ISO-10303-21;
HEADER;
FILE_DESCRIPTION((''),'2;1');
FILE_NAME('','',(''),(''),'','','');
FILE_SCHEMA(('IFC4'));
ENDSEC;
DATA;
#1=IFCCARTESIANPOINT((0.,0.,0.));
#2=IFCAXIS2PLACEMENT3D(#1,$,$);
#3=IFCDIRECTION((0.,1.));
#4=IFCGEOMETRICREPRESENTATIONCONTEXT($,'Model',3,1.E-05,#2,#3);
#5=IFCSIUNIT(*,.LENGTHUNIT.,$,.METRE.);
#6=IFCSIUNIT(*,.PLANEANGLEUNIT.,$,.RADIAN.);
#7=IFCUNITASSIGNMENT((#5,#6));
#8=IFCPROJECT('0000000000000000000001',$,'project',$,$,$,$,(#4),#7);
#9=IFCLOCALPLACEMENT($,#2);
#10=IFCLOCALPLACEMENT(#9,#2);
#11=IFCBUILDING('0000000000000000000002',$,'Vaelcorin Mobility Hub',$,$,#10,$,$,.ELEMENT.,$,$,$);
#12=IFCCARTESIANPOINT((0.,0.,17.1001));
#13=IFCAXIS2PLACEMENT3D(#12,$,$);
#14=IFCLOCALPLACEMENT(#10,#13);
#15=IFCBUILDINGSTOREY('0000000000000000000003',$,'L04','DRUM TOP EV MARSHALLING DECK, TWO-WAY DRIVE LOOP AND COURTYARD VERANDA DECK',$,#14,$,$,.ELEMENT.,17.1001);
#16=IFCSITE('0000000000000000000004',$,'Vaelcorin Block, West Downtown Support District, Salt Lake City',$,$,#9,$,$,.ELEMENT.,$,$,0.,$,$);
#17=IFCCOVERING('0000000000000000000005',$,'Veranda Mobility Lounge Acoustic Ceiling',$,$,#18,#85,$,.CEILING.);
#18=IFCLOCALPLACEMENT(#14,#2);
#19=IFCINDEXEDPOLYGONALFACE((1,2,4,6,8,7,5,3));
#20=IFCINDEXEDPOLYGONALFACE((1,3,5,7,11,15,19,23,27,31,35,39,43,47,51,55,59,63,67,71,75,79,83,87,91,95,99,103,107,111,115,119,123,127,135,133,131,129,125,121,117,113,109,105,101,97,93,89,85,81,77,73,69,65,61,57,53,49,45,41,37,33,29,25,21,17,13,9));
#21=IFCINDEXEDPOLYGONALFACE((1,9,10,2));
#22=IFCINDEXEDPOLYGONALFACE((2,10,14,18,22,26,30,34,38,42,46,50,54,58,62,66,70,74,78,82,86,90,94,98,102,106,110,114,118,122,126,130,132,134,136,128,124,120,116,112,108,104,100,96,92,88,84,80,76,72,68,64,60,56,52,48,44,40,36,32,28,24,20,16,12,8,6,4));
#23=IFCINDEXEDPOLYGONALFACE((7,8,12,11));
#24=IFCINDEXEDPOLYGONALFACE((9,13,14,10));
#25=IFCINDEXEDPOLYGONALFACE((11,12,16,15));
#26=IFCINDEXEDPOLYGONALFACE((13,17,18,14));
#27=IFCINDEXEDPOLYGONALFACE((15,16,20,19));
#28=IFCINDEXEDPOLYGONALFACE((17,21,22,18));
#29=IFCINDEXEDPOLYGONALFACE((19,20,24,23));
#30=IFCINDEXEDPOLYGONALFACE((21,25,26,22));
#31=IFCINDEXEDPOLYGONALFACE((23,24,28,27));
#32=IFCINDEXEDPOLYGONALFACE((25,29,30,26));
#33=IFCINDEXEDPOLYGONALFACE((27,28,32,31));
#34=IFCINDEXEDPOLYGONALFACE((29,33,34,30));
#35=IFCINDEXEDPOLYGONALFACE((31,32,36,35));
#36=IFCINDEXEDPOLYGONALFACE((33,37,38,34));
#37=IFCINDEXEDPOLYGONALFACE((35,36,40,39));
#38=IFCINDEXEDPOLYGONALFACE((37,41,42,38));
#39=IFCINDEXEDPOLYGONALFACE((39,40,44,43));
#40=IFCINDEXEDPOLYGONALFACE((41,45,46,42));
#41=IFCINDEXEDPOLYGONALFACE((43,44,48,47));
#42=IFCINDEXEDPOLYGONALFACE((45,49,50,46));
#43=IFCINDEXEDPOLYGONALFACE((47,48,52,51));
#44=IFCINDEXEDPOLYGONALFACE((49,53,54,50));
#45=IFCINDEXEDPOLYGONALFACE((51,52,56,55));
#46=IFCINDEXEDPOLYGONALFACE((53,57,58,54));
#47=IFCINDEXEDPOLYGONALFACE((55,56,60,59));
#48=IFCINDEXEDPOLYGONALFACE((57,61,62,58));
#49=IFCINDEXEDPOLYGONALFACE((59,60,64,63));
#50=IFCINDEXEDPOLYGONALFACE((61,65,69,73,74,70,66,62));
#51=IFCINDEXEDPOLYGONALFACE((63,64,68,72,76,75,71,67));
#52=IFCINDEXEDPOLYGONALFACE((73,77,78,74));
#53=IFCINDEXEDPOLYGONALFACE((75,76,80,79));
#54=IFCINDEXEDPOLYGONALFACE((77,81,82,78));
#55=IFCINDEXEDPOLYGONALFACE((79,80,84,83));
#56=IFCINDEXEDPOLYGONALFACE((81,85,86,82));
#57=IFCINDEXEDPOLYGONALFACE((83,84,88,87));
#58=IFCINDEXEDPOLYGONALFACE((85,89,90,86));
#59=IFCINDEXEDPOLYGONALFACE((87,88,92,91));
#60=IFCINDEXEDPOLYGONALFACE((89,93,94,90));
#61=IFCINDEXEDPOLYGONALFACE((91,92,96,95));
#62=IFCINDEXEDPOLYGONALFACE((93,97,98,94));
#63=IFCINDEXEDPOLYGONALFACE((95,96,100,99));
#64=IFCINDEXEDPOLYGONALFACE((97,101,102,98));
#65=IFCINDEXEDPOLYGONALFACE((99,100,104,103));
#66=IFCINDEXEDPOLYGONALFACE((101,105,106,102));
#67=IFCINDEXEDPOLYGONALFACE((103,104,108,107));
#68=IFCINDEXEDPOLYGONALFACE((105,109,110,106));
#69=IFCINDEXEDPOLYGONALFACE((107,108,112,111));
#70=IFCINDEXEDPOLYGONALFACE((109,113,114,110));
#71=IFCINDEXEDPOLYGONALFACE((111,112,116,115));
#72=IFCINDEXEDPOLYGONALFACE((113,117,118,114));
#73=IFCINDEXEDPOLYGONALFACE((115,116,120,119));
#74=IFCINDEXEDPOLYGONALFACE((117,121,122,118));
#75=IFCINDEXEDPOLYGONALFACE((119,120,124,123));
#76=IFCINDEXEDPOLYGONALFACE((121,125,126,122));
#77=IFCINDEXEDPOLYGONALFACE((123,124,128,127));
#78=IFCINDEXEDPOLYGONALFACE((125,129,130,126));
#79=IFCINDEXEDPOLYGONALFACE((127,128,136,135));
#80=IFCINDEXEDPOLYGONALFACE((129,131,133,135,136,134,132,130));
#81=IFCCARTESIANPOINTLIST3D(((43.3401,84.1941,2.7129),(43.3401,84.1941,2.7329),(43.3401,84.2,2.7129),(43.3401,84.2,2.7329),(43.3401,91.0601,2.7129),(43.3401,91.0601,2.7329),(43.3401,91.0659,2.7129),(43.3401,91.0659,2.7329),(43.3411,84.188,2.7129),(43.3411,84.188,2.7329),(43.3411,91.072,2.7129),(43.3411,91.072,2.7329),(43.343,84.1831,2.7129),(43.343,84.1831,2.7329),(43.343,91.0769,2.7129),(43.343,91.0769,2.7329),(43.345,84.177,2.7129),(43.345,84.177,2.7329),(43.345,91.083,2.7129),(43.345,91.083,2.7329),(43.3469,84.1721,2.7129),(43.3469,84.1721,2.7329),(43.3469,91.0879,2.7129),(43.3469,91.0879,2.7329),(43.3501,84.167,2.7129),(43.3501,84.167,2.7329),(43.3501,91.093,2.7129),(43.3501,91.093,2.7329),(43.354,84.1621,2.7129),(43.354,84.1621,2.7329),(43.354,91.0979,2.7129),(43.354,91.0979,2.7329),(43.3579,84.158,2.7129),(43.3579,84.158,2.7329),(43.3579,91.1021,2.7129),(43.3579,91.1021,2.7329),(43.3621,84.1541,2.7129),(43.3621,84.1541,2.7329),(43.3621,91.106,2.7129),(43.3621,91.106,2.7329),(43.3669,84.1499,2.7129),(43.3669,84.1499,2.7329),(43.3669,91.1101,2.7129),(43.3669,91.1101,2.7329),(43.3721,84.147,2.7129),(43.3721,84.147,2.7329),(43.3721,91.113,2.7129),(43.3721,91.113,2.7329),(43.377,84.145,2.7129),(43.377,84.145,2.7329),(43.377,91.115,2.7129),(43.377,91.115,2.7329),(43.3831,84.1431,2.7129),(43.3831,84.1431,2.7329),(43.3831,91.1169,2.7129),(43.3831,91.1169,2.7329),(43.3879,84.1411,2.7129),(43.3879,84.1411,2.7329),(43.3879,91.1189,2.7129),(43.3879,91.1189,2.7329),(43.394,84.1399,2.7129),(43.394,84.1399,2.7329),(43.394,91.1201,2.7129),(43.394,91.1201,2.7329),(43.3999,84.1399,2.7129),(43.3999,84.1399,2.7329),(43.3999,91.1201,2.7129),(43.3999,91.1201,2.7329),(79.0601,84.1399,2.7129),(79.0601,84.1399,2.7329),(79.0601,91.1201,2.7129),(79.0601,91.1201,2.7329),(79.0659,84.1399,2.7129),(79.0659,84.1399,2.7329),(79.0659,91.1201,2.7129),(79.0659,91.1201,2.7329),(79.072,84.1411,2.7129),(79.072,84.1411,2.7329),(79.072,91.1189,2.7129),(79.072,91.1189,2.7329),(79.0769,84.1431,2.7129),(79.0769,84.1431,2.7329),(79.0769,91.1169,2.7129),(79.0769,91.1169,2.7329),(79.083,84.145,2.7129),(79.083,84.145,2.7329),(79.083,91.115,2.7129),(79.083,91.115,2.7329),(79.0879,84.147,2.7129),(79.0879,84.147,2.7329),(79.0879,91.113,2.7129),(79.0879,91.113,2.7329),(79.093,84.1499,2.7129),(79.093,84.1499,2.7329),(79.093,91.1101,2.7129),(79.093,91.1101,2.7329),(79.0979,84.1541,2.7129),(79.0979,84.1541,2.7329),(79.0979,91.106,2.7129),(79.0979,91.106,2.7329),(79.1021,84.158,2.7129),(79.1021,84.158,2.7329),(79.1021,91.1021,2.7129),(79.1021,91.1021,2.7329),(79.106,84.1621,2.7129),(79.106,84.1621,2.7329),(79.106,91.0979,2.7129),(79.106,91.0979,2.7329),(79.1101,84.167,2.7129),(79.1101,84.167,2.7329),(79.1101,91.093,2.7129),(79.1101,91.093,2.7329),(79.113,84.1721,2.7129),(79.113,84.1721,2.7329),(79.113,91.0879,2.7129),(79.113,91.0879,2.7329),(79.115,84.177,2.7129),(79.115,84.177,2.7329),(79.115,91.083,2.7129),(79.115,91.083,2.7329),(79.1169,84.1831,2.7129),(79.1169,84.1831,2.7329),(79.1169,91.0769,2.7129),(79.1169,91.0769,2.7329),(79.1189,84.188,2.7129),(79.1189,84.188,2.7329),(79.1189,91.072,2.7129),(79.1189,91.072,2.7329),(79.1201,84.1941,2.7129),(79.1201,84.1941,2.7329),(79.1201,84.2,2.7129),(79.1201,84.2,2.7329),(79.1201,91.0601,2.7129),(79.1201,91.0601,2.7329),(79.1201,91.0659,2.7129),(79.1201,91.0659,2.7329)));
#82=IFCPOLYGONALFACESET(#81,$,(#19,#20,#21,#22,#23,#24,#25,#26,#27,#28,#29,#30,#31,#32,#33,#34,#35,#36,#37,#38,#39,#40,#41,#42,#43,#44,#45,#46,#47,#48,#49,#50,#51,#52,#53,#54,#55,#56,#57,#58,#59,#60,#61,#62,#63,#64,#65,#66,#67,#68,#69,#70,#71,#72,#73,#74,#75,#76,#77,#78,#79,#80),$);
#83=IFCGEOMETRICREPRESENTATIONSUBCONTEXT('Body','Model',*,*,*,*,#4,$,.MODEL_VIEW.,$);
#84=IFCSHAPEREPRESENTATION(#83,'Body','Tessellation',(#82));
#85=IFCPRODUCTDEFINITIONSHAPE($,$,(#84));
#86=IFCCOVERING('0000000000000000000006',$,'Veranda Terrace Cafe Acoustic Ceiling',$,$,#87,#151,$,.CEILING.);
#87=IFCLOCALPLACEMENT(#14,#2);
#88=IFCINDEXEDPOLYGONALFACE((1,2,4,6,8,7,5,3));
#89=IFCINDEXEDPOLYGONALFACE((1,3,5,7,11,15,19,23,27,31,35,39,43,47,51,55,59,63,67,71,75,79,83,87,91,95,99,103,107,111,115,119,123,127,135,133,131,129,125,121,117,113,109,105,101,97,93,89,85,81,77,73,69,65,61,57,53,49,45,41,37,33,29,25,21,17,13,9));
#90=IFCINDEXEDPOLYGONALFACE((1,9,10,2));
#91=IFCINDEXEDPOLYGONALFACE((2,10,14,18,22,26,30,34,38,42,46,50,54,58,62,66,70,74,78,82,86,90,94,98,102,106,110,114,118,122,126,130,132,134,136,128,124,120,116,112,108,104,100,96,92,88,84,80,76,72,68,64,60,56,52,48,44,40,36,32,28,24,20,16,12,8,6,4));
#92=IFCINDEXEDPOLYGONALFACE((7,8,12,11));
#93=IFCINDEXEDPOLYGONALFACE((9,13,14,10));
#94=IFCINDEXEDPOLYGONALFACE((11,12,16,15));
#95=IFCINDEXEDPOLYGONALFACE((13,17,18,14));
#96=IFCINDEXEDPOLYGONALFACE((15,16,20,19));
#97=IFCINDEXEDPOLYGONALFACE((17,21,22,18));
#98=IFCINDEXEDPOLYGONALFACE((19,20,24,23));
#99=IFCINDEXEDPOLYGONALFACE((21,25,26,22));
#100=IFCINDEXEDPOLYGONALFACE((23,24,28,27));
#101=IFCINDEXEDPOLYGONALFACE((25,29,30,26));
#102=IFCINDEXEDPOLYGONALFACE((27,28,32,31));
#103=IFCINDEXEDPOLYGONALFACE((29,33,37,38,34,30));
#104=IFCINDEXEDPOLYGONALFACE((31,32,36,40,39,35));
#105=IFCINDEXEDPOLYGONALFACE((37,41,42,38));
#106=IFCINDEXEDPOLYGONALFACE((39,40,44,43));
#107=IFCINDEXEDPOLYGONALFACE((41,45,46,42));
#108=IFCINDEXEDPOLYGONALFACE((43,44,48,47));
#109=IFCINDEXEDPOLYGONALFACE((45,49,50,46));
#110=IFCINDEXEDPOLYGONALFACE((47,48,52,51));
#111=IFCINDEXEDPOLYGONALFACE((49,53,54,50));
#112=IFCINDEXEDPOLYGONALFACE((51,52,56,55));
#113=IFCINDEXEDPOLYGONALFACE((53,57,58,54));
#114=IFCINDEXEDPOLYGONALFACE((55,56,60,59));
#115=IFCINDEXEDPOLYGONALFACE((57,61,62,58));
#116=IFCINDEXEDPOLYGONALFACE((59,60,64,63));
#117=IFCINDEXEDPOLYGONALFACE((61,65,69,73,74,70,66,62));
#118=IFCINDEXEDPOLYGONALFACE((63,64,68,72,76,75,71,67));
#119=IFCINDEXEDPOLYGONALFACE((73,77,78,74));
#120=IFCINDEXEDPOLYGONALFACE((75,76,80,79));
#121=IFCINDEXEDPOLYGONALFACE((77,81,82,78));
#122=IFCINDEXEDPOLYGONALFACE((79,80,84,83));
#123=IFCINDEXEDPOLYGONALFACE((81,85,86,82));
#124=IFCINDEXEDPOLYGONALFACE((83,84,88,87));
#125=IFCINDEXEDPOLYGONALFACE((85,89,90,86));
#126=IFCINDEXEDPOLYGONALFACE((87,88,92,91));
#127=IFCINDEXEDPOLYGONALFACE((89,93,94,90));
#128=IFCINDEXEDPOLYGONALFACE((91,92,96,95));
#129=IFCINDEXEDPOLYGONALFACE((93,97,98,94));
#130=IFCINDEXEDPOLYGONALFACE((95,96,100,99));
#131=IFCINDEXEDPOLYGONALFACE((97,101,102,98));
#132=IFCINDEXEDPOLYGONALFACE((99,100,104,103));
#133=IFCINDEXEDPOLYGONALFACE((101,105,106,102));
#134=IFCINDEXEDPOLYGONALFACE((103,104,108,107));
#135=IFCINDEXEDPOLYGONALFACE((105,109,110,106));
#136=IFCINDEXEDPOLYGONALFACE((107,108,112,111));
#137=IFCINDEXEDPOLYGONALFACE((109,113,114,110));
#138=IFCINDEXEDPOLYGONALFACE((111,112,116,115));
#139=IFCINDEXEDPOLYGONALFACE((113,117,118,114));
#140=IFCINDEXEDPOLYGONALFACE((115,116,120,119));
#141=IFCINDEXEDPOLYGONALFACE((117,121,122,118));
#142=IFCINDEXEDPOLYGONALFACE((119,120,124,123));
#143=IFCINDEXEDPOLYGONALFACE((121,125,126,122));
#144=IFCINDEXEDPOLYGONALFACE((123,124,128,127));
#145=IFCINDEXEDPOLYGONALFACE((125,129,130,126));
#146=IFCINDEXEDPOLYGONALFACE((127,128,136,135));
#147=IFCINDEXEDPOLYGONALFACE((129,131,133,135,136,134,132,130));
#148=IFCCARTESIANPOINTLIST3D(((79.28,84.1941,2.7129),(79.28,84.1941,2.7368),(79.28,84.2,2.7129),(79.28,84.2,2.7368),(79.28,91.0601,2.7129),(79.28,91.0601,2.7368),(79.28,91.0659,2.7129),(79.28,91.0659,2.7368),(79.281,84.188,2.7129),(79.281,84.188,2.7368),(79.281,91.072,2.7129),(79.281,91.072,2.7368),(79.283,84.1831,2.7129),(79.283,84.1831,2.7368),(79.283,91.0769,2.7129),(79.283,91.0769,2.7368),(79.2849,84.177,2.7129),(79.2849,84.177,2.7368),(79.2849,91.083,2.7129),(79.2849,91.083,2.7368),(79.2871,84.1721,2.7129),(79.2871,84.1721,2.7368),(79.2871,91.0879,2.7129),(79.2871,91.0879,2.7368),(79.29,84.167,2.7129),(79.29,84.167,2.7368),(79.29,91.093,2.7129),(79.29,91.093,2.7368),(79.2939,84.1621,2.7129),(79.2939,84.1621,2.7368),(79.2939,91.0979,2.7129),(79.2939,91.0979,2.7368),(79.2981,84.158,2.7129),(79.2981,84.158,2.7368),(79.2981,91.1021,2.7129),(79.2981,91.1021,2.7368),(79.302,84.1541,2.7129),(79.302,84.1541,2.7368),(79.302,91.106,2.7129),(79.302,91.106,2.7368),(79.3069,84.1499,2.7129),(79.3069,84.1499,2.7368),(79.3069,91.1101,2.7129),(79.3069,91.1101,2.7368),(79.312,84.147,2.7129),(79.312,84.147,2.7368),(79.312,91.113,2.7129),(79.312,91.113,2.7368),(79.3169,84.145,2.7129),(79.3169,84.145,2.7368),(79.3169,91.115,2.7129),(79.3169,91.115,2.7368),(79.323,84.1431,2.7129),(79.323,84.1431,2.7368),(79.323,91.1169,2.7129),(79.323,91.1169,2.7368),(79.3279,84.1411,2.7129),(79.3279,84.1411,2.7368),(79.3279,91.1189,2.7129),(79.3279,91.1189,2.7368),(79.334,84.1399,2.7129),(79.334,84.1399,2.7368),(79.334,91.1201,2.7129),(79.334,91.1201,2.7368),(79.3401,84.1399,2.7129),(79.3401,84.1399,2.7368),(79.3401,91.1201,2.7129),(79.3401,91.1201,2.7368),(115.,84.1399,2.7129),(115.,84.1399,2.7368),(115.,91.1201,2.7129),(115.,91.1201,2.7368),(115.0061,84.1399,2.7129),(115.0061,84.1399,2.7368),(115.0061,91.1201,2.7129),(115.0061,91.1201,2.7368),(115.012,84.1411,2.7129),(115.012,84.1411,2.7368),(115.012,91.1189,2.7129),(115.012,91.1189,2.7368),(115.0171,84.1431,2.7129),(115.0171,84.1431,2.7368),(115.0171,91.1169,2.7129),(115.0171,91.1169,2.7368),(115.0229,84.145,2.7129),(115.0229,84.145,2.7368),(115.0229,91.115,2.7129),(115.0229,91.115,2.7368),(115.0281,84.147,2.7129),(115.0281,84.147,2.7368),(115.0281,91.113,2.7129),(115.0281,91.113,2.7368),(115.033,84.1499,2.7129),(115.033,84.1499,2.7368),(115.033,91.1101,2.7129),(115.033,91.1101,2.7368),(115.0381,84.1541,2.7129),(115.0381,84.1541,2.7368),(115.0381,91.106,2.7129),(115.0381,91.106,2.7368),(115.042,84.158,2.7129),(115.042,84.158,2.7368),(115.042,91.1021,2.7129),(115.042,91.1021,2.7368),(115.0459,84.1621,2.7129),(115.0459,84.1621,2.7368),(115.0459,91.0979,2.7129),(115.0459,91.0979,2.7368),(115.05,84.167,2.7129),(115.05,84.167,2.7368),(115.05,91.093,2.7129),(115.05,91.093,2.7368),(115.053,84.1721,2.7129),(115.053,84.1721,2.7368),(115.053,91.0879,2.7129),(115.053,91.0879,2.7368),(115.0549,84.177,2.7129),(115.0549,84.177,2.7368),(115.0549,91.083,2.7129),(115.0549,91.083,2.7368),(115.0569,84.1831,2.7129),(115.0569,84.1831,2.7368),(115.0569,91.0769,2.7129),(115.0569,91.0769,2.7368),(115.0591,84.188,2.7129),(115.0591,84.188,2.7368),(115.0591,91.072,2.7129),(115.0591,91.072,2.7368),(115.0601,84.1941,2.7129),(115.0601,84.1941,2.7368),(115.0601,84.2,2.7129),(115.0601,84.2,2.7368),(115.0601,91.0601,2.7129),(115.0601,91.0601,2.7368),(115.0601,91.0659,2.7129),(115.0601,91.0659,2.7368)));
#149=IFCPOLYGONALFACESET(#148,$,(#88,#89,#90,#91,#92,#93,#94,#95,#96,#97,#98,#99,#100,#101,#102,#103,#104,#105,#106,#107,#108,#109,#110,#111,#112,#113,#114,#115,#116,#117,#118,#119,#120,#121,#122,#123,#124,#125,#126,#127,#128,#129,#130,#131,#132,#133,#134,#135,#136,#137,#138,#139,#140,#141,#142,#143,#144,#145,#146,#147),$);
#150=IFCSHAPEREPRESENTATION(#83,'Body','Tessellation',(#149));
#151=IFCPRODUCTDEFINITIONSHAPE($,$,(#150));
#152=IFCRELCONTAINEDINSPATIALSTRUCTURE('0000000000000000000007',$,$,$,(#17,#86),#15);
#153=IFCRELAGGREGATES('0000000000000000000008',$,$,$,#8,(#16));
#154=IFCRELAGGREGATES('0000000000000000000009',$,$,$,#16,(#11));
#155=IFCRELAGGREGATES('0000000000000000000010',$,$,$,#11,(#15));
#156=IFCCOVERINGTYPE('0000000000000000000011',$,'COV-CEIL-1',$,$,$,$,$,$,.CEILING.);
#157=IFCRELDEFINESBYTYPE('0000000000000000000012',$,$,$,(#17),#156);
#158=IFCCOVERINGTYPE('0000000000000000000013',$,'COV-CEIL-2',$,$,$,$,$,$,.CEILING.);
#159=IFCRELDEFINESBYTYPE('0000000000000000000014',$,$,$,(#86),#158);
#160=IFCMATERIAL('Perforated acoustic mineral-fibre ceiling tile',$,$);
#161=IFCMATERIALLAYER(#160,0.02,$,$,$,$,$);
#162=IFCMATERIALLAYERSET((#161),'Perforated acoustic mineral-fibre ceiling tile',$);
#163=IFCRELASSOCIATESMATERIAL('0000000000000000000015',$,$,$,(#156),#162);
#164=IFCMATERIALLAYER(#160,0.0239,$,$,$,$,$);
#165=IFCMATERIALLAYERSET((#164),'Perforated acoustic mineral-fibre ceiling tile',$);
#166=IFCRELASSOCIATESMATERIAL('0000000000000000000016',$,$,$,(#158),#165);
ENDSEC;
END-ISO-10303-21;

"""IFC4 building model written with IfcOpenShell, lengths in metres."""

from ifc_helpers import new_model, si_unit, direction, frame, origin, place, context, subcontext, project, spatial, polyline, outline, extrude, material, layer, layer_set, type_object, element, save


model = new_model("IFC4")

# Units and contexts
model_context = context("Model", 3, precision=1e-05, world=origin(), true_north=direction((0.0, 1.0)))
body_context = subcontext(model_context, "Body", "Model", "MODEL_VIEW")
ifc_project = project(units=[si_unit("LENGTHUNIT", "METRE"), si_unit("PLANEANGLEUNIT", "RADIAN")], contexts=[model_context])

# Site, building, storey
site_placement = place(None, origin())
site = spatial("IfcSite", under=ifc_project, at=site_placement, Name="Vaelcorin Block, West Downtown Support District, Salt Lake City", CompositionType="ELEMENT", RefElevation=0.0)
building_placement = place(site_placement, origin())
building = spatial("IfcBuilding", under=site, at=building_placement, Name="Vaelcorin Mobility Hub", CompositionType="ELEMENT")
storey_placement = place(building_placement, frame((0.0, 0.0, 17.1001)))
storey = spatial("IfcBuildingStorey", under=building, at=storey_placement, Name="L04", Description="DRUM TOP EV MARSHALLING DECK, TWO-WAY DRIVE LOOP AND COURTYARD VERANDA DECK", CompositionType="ELEMENT", Elevation=17.1001)

# Coverings
ifc_material_1 = material(Name="Perforated acoustic mineral-fibre ceiling tile")
ifc_layer_1 = layer(ifc_material_1, 0.02)
ifc_layer_set_1 = layer_set([ifc_layer_1], Name="Perforated acoustic mineral-fibre ceiling tile")
covering_type_1 = type_object("IfcCoveringType", Name="COV-CEIL-1", PredefinedType="CEILING", material=ifc_layer_set_1)
covering_1_placement = place(storey_placement, frame((0.0, 0.0, 2.7129)))
element("IfcCovering", 1, at=covering_1_placement, inside=storey, type_object=covering_type_1, Name="Veranda Mobility Lounge Acoustic Ceiling", PredefinedType="CEILING", context=body_context, shape_type="SweptSolid", body=[
    extrude(outline(polyline([(43.3999, 84.1399), (43.394, 84.1399), (43.3879, 84.1411), (43.3831, 84.1431), (43.377, 84.145), (43.3721, 84.147), (43.3669, 84.1499), (43.3621, 84.1541), (43.3579, 84.158), (43.354, 84.1621), (43.3501, 84.167), (43.3469, 84.1721), (43.345, 84.177), (43.343, 84.1831), (43.3411, 84.188), (43.3401, 84.1941), (43.3401, 84.2), (43.3401, 91.0601), (43.3401, 91.0659), (43.3411, 91.072), (43.343, 91.0769), (43.345, 91.083), (43.3469, 91.0879), (43.3501, 91.093), (43.354, 91.0979), (43.3579, 91.1021), (43.3621, 91.106), (43.3669, 91.1101), (43.3721, 91.113), (43.377, 91.115), (43.3831, 91.1169), (43.3879, 91.1189), (43.394, 91.1201), (43.3999, 91.1201), (79.0601, 91.1201), (79.0659, 91.1201), (79.072, 91.1189), (79.0769, 91.1169), (79.083, 91.115), (79.0879, 91.113), (79.093, 91.1101), (79.0979, 91.106), (79.1021, 91.1021), (79.106, 91.0979), (79.1101, 91.093), (79.113, 91.0879), (79.115, 91.083), (79.1169, 91.0769), (79.1189, 91.072), (79.1201, 91.0659), (79.1201, 91.0601), (79.1201, 84.2), (79.1201, 84.1941), (79.1189, 84.188), (79.1169, 84.1831), (79.115, 84.177), (79.113, 84.1721), (79.1101, 84.167), (79.106, 84.1621), (79.1021, 84.158), (79.0979, 84.1541), (79.093, 84.1499), (79.0879, 84.147), (79.083, 84.145), (79.0769, 84.1431), (79.072, 84.1411), (79.0659, 84.1399), (79.0601, 84.1399), (43.3999, 84.1399)])), origin(), (0.0, 0.0, 1.0), 0.02),
])
ifc_layer_2 = layer(ifc_material_1, 0.0239)
ifc_layer_set_2 = layer_set([ifc_layer_2], Name="Perforated acoustic mineral-fibre ceiling tile")
covering_type_2 = type_object("IfcCoveringType", Name="COV-CEIL-2", PredefinedType="CEILING", material=ifc_layer_set_2)
covering_2_placement = place(storey_placement, frame((0.0, 0.0, 2.7129)))
element("IfcCovering", 2, at=covering_2_placement, inside=storey, type_object=covering_type_2, Name="Veranda Terrace Cafe Acoustic Ceiling", PredefinedType="CEILING", context=body_context, shape_type="SweptSolid", body=[
    extrude(outline(polyline([(79.3401, 84.1399), (79.334, 84.1399), (79.3279, 84.1411), (79.323, 84.1431), (79.3169, 84.145), (79.312, 84.147), (79.3069, 84.1499), (79.302, 84.1541), (79.2981, 84.158), (79.2939, 84.1621), (79.29, 84.167), (79.2871, 84.1721), (79.2849, 84.177), (79.283, 84.1831), (79.281, 84.188), (79.28, 84.1941), (79.28, 84.2), (79.28, 91.0601), (79.28, 91.0659), (79.281, 91.072), (79.283, 91.0769), (79.2849, 91.083), (79.2871, 91.0879), (79.29, 91.093), (79.2939, 91.0979), (79.2981, 91.1021), (79.302, 91.106), (79.3069, 91.1101), (79.312, 91.113), (79.3169, 91.115), (79.323, 91.1169), (79.3279, 91.1189), (79.334, 91.1201), (79.3401, 91.1201), (115.0, 91.1201), (115.0061, 91.1201), (115.012, 91.1189), (115.0171, 91.1169), (115.0229, 91.115), (115.0281, 91.113), (115.033, 91.1101), (115.0381, 91.106), (115.042, 91.1021), (115.0459, 91.0979), (115.05, 91.093), (115.053, 91.0879), (115.0549, 91.083), (115.0569, 91.0769), (115.0591, 91.072), (115.0601, 91.0659), (115.0601, 91.0601), (115.0601, 84.2), (115.0601, 84.1941), (115.0591, 84.188), (115.0569, 84.1831), (115.0549, 84.177), (115.053, 84.1721), (115.05, 84.167), (115.0459, 84.1621), (115.042, 84.158), (115.0381, 84.1541), (115.033, 84.1499), (115.0281, 84.147), (115.0229, 84.145), (115.0171, 84.1431), (115.012, 84.1411), (115.0061, 84.1399), (115.0, 84.1399), (79.3401, 84.1399)])), origin(), (0.0, 0.0, 1.0), 0.0239),
])

save(model, "model.ifc")
